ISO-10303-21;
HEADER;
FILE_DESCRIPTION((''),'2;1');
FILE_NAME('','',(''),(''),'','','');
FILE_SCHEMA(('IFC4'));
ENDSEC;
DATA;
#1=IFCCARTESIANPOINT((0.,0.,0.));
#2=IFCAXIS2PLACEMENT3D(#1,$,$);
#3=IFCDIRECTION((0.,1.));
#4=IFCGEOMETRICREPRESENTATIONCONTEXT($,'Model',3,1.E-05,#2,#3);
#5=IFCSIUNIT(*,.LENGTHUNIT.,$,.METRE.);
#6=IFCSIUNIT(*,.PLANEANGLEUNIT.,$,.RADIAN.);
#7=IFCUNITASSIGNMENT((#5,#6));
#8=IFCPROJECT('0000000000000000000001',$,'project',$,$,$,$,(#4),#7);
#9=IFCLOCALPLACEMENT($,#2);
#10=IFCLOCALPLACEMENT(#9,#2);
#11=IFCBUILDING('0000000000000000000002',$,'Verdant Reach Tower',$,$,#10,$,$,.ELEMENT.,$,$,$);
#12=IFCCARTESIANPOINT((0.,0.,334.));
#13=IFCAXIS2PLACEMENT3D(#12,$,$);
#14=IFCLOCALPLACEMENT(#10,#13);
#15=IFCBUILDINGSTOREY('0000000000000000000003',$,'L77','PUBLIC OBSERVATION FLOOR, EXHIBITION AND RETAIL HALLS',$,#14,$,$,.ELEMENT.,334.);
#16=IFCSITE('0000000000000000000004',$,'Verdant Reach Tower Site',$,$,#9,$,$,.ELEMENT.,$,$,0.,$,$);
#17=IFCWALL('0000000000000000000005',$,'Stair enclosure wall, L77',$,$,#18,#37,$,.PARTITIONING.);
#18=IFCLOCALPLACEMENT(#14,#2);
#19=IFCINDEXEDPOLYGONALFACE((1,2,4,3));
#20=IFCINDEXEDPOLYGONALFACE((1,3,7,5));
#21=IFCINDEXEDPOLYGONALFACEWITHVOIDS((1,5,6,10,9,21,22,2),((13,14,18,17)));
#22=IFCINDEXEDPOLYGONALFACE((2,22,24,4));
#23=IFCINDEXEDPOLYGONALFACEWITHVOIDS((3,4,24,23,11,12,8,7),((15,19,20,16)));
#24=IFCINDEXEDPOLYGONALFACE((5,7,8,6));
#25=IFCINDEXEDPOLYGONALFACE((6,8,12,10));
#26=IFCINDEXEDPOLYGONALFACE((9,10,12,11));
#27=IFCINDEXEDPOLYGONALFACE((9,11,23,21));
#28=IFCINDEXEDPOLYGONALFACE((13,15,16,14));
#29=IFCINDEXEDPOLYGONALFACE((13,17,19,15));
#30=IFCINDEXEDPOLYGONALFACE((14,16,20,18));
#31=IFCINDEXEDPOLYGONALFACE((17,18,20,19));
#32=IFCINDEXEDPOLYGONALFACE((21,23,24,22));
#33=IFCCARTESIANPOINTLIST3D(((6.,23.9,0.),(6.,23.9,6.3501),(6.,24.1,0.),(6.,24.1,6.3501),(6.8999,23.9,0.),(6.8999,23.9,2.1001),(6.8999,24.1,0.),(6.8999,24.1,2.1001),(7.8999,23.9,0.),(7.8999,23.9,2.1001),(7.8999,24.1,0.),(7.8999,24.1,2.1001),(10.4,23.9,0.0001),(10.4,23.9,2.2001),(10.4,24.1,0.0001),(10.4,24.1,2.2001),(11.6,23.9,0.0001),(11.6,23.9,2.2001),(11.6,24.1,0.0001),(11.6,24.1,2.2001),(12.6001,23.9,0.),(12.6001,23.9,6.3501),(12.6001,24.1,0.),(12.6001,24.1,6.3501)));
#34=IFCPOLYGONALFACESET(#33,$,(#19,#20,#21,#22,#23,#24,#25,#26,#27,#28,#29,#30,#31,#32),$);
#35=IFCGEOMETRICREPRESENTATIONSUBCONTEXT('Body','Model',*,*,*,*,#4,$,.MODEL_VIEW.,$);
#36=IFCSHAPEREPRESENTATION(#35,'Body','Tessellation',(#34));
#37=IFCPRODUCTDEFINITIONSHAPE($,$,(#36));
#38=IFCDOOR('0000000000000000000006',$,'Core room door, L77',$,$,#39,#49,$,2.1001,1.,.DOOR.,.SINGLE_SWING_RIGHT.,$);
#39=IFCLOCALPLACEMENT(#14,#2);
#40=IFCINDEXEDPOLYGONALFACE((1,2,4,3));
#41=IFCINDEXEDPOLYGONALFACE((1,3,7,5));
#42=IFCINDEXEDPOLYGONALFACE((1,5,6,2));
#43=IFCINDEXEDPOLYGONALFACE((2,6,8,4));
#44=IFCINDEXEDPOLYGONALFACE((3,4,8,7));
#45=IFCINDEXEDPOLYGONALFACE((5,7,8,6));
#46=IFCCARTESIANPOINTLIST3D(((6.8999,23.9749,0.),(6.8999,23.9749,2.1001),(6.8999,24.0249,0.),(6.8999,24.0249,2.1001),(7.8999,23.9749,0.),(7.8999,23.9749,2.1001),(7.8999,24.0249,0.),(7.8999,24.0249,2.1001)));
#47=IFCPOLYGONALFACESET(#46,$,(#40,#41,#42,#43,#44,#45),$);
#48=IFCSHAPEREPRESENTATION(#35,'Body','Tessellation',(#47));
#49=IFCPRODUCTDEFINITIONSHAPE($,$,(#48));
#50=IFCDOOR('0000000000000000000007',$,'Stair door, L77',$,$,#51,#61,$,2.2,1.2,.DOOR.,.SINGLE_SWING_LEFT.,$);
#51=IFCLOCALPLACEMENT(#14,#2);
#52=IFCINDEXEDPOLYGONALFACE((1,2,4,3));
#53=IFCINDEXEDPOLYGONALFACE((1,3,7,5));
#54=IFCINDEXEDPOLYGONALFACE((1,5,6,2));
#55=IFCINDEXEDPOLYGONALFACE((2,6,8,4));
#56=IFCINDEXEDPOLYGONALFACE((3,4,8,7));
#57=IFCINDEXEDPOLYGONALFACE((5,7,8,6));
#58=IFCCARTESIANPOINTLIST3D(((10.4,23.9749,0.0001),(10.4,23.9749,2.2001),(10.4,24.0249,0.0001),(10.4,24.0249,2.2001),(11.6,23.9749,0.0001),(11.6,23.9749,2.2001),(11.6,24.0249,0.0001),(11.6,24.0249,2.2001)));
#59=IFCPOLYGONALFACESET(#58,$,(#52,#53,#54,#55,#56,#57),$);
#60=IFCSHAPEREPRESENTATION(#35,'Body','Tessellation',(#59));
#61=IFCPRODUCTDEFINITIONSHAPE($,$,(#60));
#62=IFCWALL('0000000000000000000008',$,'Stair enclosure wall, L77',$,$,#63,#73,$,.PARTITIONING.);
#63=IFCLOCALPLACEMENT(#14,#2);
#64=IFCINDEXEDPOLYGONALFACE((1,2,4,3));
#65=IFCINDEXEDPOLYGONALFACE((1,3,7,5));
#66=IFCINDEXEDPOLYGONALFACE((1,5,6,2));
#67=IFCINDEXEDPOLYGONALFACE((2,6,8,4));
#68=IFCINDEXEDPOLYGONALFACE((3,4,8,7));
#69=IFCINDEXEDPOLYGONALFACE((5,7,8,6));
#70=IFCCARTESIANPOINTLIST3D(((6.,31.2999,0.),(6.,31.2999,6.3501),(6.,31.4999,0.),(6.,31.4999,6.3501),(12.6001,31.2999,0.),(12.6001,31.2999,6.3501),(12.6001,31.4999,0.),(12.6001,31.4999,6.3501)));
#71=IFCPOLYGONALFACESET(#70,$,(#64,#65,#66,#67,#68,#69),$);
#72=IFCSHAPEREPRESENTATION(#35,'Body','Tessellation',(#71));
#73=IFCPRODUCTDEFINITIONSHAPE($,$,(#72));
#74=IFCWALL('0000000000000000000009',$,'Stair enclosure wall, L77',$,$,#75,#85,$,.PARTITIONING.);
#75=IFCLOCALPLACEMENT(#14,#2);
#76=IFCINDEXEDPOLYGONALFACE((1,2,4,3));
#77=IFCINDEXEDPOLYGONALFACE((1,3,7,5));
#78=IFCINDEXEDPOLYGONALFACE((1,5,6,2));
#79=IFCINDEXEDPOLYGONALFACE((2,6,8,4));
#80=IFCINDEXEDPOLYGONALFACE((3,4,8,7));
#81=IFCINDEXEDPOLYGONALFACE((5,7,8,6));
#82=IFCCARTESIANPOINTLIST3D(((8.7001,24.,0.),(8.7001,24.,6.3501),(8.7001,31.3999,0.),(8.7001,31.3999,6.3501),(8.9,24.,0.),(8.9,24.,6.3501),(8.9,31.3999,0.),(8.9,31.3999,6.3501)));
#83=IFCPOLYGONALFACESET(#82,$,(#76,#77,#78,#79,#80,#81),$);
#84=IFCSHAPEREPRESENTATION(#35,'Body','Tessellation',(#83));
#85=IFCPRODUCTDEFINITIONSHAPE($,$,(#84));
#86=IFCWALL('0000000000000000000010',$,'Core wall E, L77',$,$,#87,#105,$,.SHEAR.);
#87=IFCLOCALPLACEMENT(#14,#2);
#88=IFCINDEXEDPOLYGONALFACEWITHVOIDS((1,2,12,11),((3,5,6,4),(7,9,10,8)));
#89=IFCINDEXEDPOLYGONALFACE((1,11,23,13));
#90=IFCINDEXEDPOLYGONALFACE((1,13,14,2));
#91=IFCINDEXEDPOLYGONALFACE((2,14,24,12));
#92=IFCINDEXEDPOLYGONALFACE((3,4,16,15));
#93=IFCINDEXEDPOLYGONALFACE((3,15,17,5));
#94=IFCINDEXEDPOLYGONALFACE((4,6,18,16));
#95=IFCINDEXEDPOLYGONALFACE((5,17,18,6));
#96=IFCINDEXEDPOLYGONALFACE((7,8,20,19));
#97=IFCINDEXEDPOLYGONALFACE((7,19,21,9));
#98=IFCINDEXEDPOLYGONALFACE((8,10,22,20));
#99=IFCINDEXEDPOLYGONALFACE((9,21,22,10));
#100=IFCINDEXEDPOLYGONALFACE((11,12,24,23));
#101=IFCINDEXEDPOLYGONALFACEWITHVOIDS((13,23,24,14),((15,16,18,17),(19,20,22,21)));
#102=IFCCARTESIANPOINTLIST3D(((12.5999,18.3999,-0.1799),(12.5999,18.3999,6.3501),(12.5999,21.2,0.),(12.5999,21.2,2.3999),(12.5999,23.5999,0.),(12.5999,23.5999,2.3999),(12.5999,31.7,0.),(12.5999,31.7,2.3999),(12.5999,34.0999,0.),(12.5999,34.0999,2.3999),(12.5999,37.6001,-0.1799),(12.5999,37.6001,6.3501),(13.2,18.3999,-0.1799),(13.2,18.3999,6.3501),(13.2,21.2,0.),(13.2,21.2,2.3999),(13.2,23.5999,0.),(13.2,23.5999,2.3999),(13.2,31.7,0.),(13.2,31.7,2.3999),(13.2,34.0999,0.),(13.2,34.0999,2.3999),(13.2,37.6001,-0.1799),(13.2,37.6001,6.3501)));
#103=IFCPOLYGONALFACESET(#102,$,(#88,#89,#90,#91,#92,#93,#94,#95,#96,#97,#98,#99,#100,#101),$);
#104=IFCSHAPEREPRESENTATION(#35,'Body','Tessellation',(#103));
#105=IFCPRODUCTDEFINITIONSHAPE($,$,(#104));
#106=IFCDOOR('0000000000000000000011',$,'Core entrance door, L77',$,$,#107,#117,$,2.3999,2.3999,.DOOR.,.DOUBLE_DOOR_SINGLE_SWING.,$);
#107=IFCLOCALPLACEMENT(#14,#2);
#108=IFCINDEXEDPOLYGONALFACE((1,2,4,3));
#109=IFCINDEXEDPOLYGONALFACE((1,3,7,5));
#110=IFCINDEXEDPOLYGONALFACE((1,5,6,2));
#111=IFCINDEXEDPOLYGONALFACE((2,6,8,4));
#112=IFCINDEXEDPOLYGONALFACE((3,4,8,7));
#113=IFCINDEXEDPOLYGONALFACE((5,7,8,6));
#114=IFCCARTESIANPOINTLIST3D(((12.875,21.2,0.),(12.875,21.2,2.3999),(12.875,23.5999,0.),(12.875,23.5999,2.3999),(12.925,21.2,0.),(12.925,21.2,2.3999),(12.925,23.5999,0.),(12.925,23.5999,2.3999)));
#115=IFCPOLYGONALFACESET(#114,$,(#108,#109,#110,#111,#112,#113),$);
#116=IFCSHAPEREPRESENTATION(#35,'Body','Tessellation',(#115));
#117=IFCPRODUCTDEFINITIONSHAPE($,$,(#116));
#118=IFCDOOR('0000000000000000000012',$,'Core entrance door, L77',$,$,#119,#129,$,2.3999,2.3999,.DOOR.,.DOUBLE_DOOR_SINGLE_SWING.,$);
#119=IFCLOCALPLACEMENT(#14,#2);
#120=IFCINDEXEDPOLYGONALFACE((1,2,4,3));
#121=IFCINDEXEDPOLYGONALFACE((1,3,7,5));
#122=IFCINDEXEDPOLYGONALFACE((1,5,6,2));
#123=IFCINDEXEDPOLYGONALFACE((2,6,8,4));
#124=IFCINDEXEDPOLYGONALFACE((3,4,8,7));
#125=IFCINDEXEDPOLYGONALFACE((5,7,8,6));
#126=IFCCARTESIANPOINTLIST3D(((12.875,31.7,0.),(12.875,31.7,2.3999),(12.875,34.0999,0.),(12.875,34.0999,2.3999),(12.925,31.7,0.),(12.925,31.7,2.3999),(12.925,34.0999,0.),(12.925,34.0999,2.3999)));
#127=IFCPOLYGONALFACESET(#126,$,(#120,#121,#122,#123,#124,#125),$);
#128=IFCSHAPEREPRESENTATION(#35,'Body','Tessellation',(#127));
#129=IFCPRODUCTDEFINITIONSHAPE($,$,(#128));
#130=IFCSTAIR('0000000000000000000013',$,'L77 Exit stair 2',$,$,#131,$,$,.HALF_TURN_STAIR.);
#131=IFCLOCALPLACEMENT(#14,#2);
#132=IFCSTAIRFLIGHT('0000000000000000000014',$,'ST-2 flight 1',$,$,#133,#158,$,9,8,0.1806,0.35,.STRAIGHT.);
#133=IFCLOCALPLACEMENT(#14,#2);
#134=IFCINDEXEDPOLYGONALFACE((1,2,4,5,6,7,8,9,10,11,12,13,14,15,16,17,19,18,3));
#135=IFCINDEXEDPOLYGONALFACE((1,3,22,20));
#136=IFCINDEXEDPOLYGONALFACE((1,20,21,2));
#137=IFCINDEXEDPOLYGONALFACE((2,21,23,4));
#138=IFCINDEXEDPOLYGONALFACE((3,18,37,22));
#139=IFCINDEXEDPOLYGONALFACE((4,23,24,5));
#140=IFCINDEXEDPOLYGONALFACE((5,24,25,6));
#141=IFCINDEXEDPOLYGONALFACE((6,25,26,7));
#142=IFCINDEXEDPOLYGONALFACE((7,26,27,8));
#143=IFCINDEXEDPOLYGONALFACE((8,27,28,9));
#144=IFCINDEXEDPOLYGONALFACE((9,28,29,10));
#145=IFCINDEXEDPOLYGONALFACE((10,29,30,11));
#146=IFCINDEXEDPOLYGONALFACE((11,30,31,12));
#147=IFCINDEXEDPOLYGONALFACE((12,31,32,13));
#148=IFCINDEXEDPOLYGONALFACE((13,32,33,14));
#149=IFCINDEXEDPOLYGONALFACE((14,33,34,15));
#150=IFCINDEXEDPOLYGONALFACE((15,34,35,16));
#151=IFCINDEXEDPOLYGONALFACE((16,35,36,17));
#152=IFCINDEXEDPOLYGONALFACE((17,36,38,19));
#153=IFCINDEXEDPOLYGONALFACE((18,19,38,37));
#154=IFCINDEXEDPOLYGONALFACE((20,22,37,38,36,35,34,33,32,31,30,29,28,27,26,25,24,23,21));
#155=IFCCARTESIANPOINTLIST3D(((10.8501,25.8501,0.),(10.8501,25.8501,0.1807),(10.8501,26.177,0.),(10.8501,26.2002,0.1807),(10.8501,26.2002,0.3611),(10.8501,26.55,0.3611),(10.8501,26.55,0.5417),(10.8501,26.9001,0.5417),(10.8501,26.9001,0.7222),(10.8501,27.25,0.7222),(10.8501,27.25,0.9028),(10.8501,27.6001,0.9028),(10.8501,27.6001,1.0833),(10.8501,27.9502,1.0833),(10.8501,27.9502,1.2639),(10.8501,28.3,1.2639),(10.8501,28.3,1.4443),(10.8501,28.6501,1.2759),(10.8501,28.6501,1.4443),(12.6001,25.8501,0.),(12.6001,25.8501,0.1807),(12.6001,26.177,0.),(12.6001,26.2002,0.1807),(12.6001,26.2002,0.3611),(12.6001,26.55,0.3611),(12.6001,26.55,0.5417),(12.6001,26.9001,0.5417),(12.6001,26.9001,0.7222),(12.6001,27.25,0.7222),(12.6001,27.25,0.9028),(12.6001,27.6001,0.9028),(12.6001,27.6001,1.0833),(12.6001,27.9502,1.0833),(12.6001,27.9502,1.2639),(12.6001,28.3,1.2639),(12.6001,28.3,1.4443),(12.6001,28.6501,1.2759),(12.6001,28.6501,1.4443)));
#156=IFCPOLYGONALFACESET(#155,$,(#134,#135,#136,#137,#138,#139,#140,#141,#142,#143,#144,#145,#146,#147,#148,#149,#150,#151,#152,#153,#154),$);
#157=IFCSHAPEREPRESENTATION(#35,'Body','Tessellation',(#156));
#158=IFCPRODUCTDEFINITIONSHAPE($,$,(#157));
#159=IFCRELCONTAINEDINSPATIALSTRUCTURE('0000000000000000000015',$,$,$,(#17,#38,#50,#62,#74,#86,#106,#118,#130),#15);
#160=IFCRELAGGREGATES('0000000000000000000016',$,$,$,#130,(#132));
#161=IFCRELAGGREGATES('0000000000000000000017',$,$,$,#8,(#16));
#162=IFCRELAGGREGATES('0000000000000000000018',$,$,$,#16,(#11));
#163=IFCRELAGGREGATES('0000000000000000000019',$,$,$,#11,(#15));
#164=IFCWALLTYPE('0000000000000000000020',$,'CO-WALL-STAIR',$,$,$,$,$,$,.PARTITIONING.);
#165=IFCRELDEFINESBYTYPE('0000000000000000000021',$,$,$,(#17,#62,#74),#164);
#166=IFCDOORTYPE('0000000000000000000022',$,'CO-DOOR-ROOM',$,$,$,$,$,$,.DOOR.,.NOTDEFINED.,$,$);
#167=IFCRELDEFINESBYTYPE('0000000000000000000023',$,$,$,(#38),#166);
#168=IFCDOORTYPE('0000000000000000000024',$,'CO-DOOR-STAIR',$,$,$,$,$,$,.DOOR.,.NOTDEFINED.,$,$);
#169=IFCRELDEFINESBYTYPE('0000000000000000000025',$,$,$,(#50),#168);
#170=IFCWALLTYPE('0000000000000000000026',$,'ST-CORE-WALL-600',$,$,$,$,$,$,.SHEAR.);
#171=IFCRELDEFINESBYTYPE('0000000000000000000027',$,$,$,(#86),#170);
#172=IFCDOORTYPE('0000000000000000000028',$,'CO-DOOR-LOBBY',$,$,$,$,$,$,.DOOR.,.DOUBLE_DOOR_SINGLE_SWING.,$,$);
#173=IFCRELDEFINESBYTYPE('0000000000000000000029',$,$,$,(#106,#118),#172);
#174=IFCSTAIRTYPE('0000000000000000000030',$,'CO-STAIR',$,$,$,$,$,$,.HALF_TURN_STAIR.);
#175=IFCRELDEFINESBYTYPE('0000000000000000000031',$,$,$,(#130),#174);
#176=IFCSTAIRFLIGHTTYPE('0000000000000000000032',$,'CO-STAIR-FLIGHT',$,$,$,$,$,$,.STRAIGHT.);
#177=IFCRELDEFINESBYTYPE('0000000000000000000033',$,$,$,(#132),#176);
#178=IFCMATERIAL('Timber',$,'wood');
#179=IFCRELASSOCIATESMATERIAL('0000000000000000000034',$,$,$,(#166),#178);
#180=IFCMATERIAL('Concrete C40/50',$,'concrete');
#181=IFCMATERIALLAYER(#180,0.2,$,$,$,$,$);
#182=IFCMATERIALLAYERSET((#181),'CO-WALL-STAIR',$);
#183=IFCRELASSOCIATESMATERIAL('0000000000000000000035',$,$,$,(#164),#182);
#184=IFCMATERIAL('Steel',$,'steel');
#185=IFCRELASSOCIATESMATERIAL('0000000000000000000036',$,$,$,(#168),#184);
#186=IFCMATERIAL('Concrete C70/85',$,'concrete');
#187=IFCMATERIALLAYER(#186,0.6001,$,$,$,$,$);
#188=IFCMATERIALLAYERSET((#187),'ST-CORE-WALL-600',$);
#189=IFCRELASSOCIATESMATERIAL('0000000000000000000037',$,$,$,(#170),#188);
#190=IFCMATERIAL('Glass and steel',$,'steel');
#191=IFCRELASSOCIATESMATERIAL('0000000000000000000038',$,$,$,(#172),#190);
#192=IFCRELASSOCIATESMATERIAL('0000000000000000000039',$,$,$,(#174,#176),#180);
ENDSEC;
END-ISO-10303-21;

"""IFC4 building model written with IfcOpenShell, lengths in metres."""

from ifc_helpers import new_model, si_unit, direction, frame, frame_2d, origin, place, context, subcontext, project, spatial, polyline, rectangle, outline, extrude, material, layer, layer_set, type_object, element, fill, aggregate, save


model = new_model("IFC4")

# Units and contexts
model_context = context("Model", 3, precision=1e-05, world=origin(), true_north=direction((0.0, 1.0)))
body_context = subcontext(model_context, "Body", "Model", "MODEL_VIEW")
ifc_project = project(units=[si_unit("LENGTHUNIT", "METRE"), si_unit("PLANEANGLEUNIT", "RADIAN")], contexts=[model_context])

# Site, building, storey
site_placement = place(None, origin())
site = spatial("IfcSite", under=ifc_project, at=site_placement, Name="Verdant Reach Tower Site", CompositionType="ELEMENT", RefElevation=0.0)
building_placement = place(site_placement, origin())
building = spatial("IfcBuilding", under=site, at=building_placement, Name="Verdant Reach Tower", CompositionType="ELEMENT")
storey_placement = place(building_placement, frame((0.0, 0.0, 334.0)))
storey = spatial("IfcBuildingStorey", under=building, at=storey_placement, Name="L77", Description="PUBLIC OBSERVATION FLOOR, EXHIBITION AND RETAIL HALLS", CompositionType="ELEMENT", Elevation=334.0)

# Shared definitions
ifc_material_1 = material(Name="Timber", Category="wood")
door_type_1 = type_object("IfcDoorType", Name="CO-DOOR-ROOM", OperationType="NOTDEFINED", PredefinedType="DOOR", material=ifc_material_1)

# Shared definitions
ifc_material_2 = material(Name="Concrete C40/50", Category="concrete")

# Wall, openings, doors
ifc_layer_1 = layer(ifc_material_2, 0.2)
ifc_layer_set_1 = layer_set([ifc_layer_1], Name="CO-WALL-STAIR")
wall_type_1 = type_object("IfcWallType", Name="CO-WALL-STAIR", PredefinedType="PARTITIONING", material=ifc_layer_set_1)
wall_1_placement = place(storey_placement, frame((6.0, 24.0, 0.0), z_axis=(0.0, 0.0, 1.0), x_axis=(1.0, 0.0, 0.0)))
wall_1 = element("IfcWall", 1, at=wall_1_placement, inside=storey, type_object=wall_type_1, Name="Stair enclosure wall, L77", PredefinedType="PARTITIONING", context=body_context, shape_type="SweptSolid", body=[
    extrude(rectangle(XDim=6.6001, YDim=0.2, at=frame_2d((3.3, 0.0))), origin(), (0.0, 0.0, 1.0), 6.3501),
])
opening_1_placement = place(wall_1_placement, frame((0.8999, 0.0, 0.0)))
opening_1 = element("IfcOpeningElement", 2, at=opening_1_placement, cuts=wall_1, PredefinedType="OPENING", context=body_context, shape_type="SweptSolid", body=[
    extrude(rectangle(XDim=1.0, YDim=2.1001, at=frame_2d((0.5, 1.05))), frame((0.0, 0.1099, 0.0), z_axis=(0.0, -1.0, 0.0), x_axis=(1.0, 0.0, 0.0)), (0.0, 0.0, 1.0), 0.22),
])
opening_2_placement = place(wall_1_placement, frame((4.3999, 0.0, 0.0)))
opening_2 = element("IfcOpeningElement", 3, at=opening_2_placement, cuts=wall_1, PredefinedType="OPENING", context=body_context, shape_type="SweptSolid", body=[
    extrude(rectangle(XDim=1.2, YDim=2.2, at=frame_2d((0.6001, 1.1001))), frame((0.0, 0.1099, 0.0), z_axis=(0.0, -1.0, 0.0), x_axis=(1.0, 0.0, 0.0)), (0.0, 0.0, 1.0), 0.22),
])
door_1_placement = place(opening_1_placement, origin())
door_1 = element("IfcDoor", 4, at=door_1_placement, inside=storey, type_object=door_type_1, Name="Core room door, L77", OperationType="SINGLE_SWING_RIGHT", OverallHeight=2.1001, OverallWidth=1.0, PredefinedType="DOOR", context=body_context, shape_type="SweptSolid", body=[
    extrude(rectangle(XDim=1.0, YDim=2.1001, at=frame_2d((0.5, 1.05))), frame((0.0, 0.0249, 0.0), z_axis=(0.0, -1.0, 0.0), x_axis=(1.0, 0.0, 0.0)), (0.0, 0.0, 1.0), 0.05),
])
fill(opening_1, door_1)
ifc_material_3 = material(Name="Steel", Category="steel")
door_type_2 = type_object("IfcDoorType", Name="CO-DOOR-STAIR", OperationType="NOTDEFINED", PredefinedType="DOOR", material=ifc_material_3)
door_2_placement = place(opening_2_placement, origin())
door_2 = element("IfcDoor", 5, at=door_2_placement, inside=storey, type_object=door_type_2, Name="Stair door, L77", OperationType="SINGLE_SWING_LEFT", OverallHeight=2.2, OverallWidth=1.2, PredefinedType="DOOR", context=body_context, shape_type="SweptSolid", body=[
    extrude(rectangle(XDim=1.2, YDim=2.2, at=frame_2d((0.6001, 1.1001))), frame((0.0, 0.0249, 0.0), z_axis=(0.0, -1.0, 0.0), x_axis=(1.0, 0.0, 0.0)), (0.0, 0.0, 1.0), 0.05),
])
fill(opening_2, door_2)

# Walls
wall_2_placement = place(storey_placement, frame((6.0, 31.3999, 0.0), z_axis=(0.0, 0.0, 1.0), x_axis=(1.0, 0.0, 0.0)))
element("IfcWall", 6, at=wall_2_placement, inside=storey, type_object=wall_type_1, Name="Stair enclosure wall, L77", PredefinedType="PARTITIONING", context=body_context, shape_type="SweptSolid", body=[
    extrude(rectangle(XDim=6.6001, YDim=0.2, at=frame_2d((3.3, 0.0))), origin(), (0.0, 0.0, 1.0), 6.3501),
])
wall_3_placement = place(storey_placement, frame((8.8, 24.0, 0.0), z_axis=(0.0, 0.0, 1.0), x_axis=(0.0, 1.0, 0.0)))
element("IfcWall", 7, at=wall_3_placement, inside=storey, type_object=wall_type_1, Name="Stair enclosure wall, L77", PredefinedType="PARTITIONING", context=body_context, shape_type="SweptSolid", body=[
    extrude(rectangle(XDim=7.3999, YDim=0.2, at=frame_2d((3.7, 0.0))), origin(), (0.0, 0.0, 1.0), 6.3501),
])

# Wall, openings, doors
ifc_material_4 = material(Name="Concrete C70/85", Category="concrete")
ifc_layer_2 = layer(ifc_material_4, 0.6001)
ifc_layer_set_2 = layer_set([ifc_layer_2], Name="ST-CORE-WALL-600")
wall_type_2 = type_object("IfcWallType", Name="ST-CORE-WALL-600", PredefinedType="SHEAR", material=ifc_layer_set_2)
wall_4_placement = place(storey_placement, frame((12.8999, 18.3999, -0.1799), z_axis=(0.0, 0.0, 1.0), x_axis=(0.0, 1.0, 0.0)))
wall_4 = element("IfcWall", 8, at=wall_4_placement, inside=storey, type_object=wall_type_2, Name="Core wall E, L77", PredefinedType="SHEAR", context=body_context, shape_type="SweptSolid", body=[
    extrude(rectangle(XDim=19.2002, YDim=0.6001, at=frame_2d((9.6001, 0.0))), origin(), (0.0, 0.0, 1.0), 6.53),
])
opening_3_placement = place(wall_4_placement, frame((2.8, 0.0, 0.1799)))
opening_3 = element("IfcOpeningElement", 9, at=opening_3_placement, cuts=wall_4, PredefinedType="OPENING", context=body_context, shape_type="SweptSolid", body=[
    extrude(rectangle(XDim=2.3999, YDim=2.3999, at=frame_2d((1.2, 1.2))), frame((0.0, 0.3101, 0.0), z_axis=(0.0, -1.0, 0.0), x_axis=(1.0, 0.0, 0.0)), (0.0, 0.0, 1.0), 0.6201),
])
opening_4_placement = place(wall_4_placement, frame((13.3, 0.0, 0.1799)))
opening_4 = element("IfcOpeningElement", 10, at=opening_4_placement, cuts=wall_4, PredefinedType="OPENING", context=body_context, shape_type="SweptSolid", body=[
    extrude(rectangle(XDim=2.3999, YDim=2.3999, at=frame_2d((1.2, 1.2))), frame((0.0, 0.3101, 0.0), z_axis=(0.0, -1.0, 0.0), x_axis=(1.0, 0.0, 0.0)), (0.0, 0.0, 1.0), 0.6201),
])
ifc_material_5 = material(Name="Glass and steel", Category="steel")
door_type_3 = type_object("IfcDoorType", Name="CO-DOOR-LOBBY", OperationType="DOUBLE_DOOR_SINGLE_SWING", PredefinedType="DOOR", material=ifc_material_5)
door_3_placement = place(opening_3_placement, origin())
door_3 = element("IfcDoor", 11, at=door_3_placement, inside=storey, type_object=door_type_3, Name="Core entrance door, L77", OperationType="DOUBLE_DOOR_SINGLE_SWING", OverallHeight=2.3999, OverallWidth=2.3999, PredefinedType="DOOR", context=body_context, shape_type="SweptSolid", body=[
    extrude(rectangle(XDim=2.3999, YDim=2.3999, at=frame_2d((1.2, 1.2))), frame((0.0, 0.0249, 0.0), z_axis=(0.0, -1.0, 0.0), x_axis=(1.0, 0.0, 0.0)), (0.0, 0.0, 1.0), 0.05),
])
fill(opening_3, door_3)
door_4_placement = place(opening_4_placement, origin())
door_4 = element("IfcDoor", 12, at=door_4_placement, inside=storey, type_object=door_type_3, Name="Core entrance door, L77", OperationType="DOUBLE_DOOR_SINGLE_SWING", OverallHeight=2.3999, OverallWidth=2.3999, PredefinedType="DOOR", context=body_context, shape_type="SweptSolid", body=[
    extrude(rectangle(XDim=2.3999, YDim=2.3999, at=frame_2d((1.2, 1.2))), frame((0.0, 0.0249, 0.0), z_axis=(0.0, -1.0, 0.0), x_axis=(1.0, 0.0, 0.0)), (0.0, 0.0, 1.0), 0.05),
])
fill(opening_4, door_4)

# Stair, stair flight
stair_type = type_object("IfcStairType", Name="CO-STAIR", PredefinedType="HALF_TURN_STAIR", material=ifc_material_2)
stair_placement = place(storey_placement, origin())
stair = element("IfcStair", 13, at=stair_placement, inside=storey, type_object=stair_type, Name="L77 Exit stair 2", PredefinedType="HALF_TURN_STAIR")
stair_flight_type = type_object("IfcStairFlightType", Name="CO-STAIR-FLIGHT", PredefinedType="STRAIGHT", material=ifc_material_2)
stair_flight_1_placement = place(storey_placement, frame((11.7251, 25.8501, 0.0), z_axis=(0.0, 0.0, 1.0), x_axis=(0.0, 1.0, 0.0)))
stair_flight_1 = element("IfcStairFlight", 14, at=stair_flight_1_placement, type_object=stair_flight_type, Name="ST-2 flight 1", NumberOfRisers=9, NumberOfTreads=8, PredefinedType="STRAIGHT", RiserHeight=0.1806, TreadLength=0.35, context=body_context, shape_type="SweptSolid", body=[
    extrude(outline(polyline([(0.0, 0.0), (0.0, 0.1807), (0.3501, 0.1807), (0.3501, 0.3611), (0.7, 0.3611), (0.7, 0.5417), (1.05, 0.5417), (1.05, 0.7222), (1.3999, 0.7222), (1.3999, 0.9028), (1.75, 0.9028), (1.75, 1.0833), (2.1001, 1.0833), (2.1001, 1.2639), (2.45, 1.2639), (2.45, 1.4443), (2.8, 1.4443), (2.8, 1.625), (2.8, 1.2759), (0.3269, 0.0), (0.0, 0.0)])), frame((0.0, 0.875, 0.0), z_axis=(0.0, -1.0, 0.0), x_axis=(1.0, 0.0, 0.0)), (0.0, 0.0, 1.0), 1.75),
])
aggregate(stair, [stair_flight_1])

save(model, "model.ifc")
